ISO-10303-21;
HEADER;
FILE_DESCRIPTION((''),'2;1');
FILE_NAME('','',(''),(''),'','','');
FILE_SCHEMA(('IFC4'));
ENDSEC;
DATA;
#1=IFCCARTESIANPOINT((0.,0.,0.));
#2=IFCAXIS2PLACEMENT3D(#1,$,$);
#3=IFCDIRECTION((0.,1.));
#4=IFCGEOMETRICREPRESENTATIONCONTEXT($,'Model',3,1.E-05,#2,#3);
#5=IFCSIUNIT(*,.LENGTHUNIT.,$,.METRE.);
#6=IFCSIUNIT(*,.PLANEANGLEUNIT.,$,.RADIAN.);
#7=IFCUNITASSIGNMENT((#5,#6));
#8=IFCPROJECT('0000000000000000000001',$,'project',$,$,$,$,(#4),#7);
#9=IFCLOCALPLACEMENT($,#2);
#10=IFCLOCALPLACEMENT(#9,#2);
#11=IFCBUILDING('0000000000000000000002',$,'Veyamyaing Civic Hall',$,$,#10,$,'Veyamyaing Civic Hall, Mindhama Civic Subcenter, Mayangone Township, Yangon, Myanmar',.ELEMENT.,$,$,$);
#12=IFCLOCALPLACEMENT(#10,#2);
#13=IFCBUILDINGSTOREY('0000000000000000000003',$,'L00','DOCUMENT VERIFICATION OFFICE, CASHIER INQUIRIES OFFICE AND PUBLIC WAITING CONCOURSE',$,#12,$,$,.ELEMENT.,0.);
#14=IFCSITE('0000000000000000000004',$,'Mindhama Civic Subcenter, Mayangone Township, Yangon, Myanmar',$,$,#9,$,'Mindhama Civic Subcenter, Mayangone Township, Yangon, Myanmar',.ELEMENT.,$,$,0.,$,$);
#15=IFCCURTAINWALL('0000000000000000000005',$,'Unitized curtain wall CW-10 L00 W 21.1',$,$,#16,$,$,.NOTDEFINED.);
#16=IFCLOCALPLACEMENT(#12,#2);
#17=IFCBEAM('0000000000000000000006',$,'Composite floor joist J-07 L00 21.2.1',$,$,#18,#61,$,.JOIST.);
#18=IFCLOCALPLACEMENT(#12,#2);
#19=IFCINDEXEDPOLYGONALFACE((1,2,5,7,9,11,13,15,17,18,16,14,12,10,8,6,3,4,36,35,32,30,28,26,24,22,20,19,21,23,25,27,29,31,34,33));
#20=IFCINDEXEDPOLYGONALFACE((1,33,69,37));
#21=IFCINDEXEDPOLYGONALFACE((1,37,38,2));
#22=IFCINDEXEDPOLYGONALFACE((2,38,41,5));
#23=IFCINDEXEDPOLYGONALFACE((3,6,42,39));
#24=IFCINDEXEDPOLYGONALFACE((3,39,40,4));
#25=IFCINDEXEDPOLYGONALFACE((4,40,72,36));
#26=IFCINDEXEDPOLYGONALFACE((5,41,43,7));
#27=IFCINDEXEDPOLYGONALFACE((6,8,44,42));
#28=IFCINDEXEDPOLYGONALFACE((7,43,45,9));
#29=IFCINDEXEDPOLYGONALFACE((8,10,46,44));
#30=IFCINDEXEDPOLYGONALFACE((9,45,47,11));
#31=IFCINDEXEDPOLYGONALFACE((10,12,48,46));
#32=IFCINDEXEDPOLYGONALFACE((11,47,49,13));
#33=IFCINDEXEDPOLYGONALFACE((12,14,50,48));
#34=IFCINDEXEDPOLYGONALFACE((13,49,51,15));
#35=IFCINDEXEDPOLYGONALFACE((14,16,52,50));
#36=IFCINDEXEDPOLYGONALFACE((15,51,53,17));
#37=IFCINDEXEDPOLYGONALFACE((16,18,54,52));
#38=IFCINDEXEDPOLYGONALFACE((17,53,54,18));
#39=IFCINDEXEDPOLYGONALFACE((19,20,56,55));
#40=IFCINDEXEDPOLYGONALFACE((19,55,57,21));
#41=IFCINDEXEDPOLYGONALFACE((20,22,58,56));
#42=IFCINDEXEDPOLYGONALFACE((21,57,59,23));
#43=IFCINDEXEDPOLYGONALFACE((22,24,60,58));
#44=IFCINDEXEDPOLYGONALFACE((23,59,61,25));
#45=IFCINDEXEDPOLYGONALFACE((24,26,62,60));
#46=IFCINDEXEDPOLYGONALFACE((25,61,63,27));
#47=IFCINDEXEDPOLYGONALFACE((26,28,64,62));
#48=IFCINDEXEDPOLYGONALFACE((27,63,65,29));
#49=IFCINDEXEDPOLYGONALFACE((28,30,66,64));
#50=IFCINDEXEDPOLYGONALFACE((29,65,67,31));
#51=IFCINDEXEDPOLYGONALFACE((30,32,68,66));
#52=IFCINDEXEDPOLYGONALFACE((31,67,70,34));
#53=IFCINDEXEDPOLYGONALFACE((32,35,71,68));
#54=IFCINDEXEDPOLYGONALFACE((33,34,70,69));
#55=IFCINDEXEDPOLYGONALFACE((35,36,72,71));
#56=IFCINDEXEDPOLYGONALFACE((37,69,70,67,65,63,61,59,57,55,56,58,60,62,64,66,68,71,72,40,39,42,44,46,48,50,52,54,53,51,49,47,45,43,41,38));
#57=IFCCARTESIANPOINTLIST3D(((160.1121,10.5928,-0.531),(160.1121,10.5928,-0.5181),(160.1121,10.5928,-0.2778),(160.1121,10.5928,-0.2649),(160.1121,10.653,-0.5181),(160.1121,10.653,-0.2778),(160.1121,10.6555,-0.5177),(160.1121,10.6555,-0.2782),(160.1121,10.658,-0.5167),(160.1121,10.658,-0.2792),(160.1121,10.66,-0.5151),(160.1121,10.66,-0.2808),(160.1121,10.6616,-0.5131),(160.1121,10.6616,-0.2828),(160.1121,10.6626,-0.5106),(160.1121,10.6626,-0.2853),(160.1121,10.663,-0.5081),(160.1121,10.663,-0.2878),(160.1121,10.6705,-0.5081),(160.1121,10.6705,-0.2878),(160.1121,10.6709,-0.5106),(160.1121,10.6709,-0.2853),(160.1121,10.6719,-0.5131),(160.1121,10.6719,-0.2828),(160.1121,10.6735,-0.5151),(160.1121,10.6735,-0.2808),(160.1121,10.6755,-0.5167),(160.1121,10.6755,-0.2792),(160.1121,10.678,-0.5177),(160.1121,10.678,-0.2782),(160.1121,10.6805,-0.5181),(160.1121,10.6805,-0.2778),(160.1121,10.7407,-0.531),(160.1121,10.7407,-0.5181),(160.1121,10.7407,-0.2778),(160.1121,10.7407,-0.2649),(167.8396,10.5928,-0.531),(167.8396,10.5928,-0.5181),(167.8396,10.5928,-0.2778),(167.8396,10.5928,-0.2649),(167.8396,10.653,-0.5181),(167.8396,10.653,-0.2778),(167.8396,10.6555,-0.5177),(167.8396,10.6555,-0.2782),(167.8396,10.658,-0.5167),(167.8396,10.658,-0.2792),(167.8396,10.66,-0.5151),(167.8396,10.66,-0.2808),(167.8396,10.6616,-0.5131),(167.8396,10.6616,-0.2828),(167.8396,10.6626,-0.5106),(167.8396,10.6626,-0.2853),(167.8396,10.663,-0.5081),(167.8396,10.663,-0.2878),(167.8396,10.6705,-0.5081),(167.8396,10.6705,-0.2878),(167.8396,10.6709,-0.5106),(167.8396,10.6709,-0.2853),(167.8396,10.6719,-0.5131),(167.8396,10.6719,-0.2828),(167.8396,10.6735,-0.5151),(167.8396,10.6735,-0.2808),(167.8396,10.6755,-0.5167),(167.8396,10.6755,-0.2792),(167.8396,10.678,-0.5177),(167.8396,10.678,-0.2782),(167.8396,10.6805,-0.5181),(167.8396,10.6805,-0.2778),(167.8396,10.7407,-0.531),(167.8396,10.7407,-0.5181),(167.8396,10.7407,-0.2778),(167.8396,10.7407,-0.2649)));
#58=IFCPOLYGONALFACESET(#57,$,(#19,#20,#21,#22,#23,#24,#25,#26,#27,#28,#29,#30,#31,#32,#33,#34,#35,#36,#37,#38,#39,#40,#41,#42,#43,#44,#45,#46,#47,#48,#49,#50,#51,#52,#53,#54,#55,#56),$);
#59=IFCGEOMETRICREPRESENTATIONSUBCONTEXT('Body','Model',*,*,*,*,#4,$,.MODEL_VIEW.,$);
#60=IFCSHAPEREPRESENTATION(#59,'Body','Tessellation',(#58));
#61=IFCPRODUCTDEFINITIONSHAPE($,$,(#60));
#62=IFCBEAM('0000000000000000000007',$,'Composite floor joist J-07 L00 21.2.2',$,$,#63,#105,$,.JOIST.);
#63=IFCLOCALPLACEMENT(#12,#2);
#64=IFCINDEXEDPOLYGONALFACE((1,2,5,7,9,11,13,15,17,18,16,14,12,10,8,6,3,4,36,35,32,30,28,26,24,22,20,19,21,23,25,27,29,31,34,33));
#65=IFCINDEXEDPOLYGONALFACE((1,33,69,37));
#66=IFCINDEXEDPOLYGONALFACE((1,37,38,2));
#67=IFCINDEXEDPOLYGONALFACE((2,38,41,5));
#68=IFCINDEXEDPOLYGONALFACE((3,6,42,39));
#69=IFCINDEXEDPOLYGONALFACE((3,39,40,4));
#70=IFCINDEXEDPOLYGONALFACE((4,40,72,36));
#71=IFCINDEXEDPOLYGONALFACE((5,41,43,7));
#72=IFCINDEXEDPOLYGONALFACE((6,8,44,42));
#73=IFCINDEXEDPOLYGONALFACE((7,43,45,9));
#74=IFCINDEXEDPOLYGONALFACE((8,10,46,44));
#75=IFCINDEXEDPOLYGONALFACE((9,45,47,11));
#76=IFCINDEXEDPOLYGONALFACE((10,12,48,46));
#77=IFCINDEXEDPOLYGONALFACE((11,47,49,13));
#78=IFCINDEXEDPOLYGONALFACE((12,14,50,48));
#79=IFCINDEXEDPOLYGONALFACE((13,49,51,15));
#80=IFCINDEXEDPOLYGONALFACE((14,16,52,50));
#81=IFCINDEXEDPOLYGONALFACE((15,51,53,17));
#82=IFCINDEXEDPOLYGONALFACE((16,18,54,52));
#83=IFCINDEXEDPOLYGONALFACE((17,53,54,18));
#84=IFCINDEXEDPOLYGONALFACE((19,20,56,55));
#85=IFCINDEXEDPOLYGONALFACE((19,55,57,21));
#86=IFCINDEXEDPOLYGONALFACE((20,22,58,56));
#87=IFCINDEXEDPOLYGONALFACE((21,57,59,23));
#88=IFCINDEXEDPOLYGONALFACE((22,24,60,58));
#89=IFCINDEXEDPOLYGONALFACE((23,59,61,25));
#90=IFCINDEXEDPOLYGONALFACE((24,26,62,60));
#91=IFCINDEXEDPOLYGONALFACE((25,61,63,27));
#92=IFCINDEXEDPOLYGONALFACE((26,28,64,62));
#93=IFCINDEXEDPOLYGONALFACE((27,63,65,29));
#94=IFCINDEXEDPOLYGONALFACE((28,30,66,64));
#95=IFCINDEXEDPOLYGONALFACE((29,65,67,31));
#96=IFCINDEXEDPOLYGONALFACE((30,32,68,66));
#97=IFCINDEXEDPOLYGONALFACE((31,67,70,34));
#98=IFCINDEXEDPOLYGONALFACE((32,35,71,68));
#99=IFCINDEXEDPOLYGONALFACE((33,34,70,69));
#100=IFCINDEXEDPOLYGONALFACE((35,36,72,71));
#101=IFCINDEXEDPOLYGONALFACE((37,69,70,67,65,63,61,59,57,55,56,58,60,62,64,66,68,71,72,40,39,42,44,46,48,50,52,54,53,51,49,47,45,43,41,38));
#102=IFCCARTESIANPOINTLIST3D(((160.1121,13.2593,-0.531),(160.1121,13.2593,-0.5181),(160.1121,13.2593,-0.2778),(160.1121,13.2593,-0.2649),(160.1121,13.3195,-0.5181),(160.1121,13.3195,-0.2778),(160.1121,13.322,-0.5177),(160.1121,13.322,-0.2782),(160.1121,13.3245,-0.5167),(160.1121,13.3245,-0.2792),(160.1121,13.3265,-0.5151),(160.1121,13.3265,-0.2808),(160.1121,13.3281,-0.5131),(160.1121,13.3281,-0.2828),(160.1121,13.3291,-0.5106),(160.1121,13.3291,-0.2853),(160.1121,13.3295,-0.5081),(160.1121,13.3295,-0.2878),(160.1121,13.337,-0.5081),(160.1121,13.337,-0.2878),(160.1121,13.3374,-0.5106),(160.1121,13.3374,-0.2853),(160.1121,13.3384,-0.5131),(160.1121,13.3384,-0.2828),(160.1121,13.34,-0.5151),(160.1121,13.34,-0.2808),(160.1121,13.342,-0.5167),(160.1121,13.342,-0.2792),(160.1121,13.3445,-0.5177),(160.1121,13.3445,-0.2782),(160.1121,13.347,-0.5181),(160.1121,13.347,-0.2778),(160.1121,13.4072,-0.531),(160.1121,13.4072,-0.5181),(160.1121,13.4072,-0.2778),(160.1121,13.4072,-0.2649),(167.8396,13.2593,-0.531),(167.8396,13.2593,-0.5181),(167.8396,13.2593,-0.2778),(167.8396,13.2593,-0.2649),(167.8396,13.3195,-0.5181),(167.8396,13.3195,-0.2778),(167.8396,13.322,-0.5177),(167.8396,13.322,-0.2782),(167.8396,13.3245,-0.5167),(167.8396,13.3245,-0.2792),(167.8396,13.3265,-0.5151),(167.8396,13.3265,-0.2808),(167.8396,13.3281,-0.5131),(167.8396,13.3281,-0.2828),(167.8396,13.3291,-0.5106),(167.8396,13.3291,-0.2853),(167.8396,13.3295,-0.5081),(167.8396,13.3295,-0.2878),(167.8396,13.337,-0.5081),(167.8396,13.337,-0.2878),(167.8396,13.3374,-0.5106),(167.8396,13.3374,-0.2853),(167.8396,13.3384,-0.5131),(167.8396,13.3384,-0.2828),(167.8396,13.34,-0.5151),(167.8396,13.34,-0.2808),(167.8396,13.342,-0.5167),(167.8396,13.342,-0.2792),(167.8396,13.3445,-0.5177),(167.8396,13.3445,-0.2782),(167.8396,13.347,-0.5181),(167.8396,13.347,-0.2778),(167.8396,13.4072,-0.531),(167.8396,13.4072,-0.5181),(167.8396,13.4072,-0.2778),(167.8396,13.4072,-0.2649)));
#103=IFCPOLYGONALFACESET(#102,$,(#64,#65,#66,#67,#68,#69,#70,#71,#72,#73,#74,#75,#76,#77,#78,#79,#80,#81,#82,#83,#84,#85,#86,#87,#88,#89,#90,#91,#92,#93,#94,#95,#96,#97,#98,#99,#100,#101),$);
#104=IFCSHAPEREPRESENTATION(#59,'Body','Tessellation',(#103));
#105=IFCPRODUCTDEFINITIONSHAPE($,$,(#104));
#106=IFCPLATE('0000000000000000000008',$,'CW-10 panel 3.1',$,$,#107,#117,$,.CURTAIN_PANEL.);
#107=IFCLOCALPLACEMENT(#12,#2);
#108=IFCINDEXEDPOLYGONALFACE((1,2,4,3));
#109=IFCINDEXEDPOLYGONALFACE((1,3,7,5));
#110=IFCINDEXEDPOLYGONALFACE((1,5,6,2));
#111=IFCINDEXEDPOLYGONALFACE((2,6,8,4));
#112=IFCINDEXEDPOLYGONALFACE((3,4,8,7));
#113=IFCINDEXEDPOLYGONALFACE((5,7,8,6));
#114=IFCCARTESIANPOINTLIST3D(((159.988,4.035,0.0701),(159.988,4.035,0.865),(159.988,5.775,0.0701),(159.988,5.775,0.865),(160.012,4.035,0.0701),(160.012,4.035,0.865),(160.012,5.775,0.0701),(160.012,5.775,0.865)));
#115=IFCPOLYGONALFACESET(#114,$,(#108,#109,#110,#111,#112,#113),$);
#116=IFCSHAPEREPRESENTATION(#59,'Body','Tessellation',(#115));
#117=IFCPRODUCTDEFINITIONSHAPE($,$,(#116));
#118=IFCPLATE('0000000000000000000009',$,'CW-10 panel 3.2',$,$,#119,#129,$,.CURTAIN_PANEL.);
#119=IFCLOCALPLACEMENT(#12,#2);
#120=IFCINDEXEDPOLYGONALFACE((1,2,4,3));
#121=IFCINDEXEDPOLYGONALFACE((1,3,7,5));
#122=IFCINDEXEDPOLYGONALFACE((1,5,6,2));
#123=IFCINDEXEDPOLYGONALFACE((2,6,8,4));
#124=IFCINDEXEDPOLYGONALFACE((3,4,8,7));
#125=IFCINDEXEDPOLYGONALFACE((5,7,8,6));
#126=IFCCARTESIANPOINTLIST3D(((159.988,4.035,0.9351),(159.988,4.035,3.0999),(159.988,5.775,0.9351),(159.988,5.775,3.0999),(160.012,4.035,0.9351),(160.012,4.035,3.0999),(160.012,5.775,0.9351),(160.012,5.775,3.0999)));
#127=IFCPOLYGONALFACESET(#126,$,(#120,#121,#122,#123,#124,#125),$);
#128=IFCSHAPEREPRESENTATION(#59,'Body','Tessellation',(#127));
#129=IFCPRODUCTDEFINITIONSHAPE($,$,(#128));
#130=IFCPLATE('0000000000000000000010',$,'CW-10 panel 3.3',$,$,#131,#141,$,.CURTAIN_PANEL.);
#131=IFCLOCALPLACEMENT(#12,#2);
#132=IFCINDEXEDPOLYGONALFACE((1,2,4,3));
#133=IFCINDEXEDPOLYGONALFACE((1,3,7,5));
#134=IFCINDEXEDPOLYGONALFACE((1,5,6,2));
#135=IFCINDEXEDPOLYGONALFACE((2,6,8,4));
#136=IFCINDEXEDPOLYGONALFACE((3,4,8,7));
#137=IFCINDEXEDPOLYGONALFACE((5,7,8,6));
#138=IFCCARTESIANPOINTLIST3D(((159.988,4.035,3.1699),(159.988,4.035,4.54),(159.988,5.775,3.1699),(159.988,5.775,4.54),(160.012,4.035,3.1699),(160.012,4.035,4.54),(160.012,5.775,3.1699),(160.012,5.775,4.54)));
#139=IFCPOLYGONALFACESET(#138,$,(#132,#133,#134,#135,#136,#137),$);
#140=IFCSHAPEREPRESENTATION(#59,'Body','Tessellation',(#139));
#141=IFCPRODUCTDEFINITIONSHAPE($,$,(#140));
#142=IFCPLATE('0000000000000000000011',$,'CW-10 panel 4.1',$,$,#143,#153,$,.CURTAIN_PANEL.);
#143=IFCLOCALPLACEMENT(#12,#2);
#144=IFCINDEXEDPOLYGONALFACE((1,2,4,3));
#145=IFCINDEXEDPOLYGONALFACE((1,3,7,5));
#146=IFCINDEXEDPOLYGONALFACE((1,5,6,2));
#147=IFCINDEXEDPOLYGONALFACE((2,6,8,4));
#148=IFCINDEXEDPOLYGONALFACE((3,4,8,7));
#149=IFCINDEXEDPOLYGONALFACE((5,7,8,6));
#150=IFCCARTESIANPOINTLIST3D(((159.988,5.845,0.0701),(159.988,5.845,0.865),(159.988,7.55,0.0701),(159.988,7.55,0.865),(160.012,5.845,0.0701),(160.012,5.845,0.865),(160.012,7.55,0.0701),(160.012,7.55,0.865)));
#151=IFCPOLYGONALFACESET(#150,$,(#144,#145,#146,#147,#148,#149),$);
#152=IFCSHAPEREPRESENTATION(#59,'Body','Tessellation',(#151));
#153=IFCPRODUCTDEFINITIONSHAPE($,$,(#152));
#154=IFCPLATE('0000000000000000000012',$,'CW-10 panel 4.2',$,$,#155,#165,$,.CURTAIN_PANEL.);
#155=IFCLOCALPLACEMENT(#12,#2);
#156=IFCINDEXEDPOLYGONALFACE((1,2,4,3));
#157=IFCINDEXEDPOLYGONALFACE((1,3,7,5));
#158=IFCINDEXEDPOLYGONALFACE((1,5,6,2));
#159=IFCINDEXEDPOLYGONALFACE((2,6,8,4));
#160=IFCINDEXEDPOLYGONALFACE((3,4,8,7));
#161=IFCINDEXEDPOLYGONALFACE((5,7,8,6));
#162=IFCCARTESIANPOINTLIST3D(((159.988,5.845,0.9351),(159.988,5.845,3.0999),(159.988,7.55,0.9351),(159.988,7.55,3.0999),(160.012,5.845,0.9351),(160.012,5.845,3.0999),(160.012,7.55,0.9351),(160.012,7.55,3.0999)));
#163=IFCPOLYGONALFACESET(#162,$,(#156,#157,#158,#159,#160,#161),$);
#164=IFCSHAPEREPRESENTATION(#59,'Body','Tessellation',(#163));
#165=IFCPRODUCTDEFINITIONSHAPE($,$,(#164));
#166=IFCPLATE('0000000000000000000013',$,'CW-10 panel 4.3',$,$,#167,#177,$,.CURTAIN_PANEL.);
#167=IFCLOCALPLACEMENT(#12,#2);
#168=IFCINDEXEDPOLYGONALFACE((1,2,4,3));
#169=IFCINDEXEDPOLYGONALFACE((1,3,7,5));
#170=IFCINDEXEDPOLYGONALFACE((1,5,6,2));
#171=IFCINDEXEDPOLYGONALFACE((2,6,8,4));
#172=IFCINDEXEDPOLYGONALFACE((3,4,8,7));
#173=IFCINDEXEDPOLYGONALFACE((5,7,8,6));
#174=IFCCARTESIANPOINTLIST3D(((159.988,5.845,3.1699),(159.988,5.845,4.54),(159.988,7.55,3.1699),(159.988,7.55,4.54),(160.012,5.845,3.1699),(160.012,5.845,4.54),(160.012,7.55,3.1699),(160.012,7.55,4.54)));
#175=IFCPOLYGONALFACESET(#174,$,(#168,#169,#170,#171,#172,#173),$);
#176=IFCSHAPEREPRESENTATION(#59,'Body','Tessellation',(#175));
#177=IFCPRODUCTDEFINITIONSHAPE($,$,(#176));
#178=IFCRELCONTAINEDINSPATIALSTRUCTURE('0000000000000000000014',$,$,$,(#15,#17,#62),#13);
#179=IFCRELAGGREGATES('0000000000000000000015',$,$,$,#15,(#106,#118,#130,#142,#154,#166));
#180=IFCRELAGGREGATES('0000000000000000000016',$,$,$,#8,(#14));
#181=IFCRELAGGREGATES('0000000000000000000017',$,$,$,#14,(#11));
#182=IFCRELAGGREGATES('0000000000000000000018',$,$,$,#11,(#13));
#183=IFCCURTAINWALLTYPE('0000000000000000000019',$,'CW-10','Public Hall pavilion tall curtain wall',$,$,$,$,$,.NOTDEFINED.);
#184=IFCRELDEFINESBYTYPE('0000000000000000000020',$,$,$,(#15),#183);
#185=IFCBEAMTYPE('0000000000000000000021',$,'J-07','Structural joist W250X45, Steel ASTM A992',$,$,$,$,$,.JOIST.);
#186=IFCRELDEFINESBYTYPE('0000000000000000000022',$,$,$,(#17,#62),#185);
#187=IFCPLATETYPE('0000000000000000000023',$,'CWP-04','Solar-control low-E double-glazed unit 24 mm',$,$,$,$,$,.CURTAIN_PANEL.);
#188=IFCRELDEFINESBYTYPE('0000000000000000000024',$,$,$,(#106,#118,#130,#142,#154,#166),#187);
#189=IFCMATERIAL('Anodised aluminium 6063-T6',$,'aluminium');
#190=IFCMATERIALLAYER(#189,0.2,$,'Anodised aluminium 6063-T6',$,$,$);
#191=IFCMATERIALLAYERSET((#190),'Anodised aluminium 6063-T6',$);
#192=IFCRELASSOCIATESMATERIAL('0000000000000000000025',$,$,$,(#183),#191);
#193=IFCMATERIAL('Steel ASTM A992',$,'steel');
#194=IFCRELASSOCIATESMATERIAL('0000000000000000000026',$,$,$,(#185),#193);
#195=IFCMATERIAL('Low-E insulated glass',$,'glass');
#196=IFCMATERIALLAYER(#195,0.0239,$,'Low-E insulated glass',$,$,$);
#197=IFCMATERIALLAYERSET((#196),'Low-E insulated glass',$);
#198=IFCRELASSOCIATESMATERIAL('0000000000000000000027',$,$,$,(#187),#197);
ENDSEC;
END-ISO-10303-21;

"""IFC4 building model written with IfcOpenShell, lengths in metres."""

from ifc_helpers import new_model, si_unit, direction, frame, origin, origin_2d, place, context, subcontext, project, spatial, rectangle, i_section, extrude, material, layer, layer_set, material_profile, profile_set, type_object, element, aggregate, save


model = new_model("IFC4")

# Units and contexts
model_context = context("Model", 3, precision=1e-05, world=origin(), true_north=direction((0.0, 1.0)))
body_context = subcontext(model_context, "Body", "Model", "MODEL_VIEW")
ifc_project = project(units=[si_unit("LENGTHUNIT", "METRE"), si_unit("PLANEANGLEUNIT", "RADIAN")], contexts=[model_context])

# Site, building, storey
site_placement = place(None, origin())
site = spatial("IfcSite", under=ifc_project, at=site_placement, Name="Mindhama Civic Subcenter, Mayangone Township, Yangon, Myanmar", LongName="Mindhama Civic Subcenter, Mayangone Township, Yangon, Myanmar", CompositionType="ELEMENT", RefElevation=0.0)
building_placement = place(site_placement, origin())
building = spatial("IfcBuilding", under=site, at=building_placement, Name="Veyamyaing Civic Hall", LongName="Veyamyaing Civic Hall, Mindhama Civic Subcenter, Mayangone Township, Yangon, Myanmar", CompositionType="ELEMENT")
storey_placement = place(building_placement, origin())
storey = spatial("IfcBuildingStorey", under=building, at=storey_placement, Name="L00", Description="DOCUMENT VERIFICATION OFFICE, CASHIER INQUIRIES OFFICE AND PUBLIC WAITING CONCOURSE", CompositionType="ELEMENT", Elevation=0.0)

# Shared definitions
ifc_material_1 = material(Name="Steel ASTM A992", Category="steel")

# Curtain wall
ifc_material_2 = material(Name="Anodised aluminium 6063-T6", Category="aluminium")
ifc_layer_1 = layer(ifc_material_2, 0.2, Name="Anodised aluminium 6063-T6")
ifc_layer_set_1 = layer_set([ifc_layer_1], Name="Anodised aluminium 6063-T6")
curtain_wall_type = type_object("IfcCurtainWallType", Name="CW-10", Description="Public Hall pavilion tall curtain wall", PredefinedType="NOTDEFINED", material=ifc_layer_set_1)
curtain_wall_placement = place(storey_placement, origin())
curtain_wall = element("IfcCurtainWall", 1, at=curtain_wall_placement, inside=storey, type_object=curtain_wall_type, Name="Unitized curtain wall CW-10 L00 W 21.1", PredefinedType="NOTDEFINED")

# Beams
ifc_material_profile_1 = material_profile(ifc_material_1, i_section(OverallWidth=0.1479, OverallDepth=0.2661, WebThickness=0.0076, FlangeThickness=0.0129, FilletRadius=0.01, at=origin_2d()), Name="W250X45")
ifc_profile_set_1 = profile_set([ifc_material_profile_1], Name="Steel ASTM A992")
beam_type_1 = type_object("IfcBeamType", Name="J-07", Description="Structural joist W250X45, Steel ASTM A992", PredefinedType="JOIST", material=ifc_profile_set_1)
for number, where, z_axis, x_axis, name in (
    (2, (160.1121, 10.6667, -0.3979), (1.0, 0.0, 0.0), (0.0, 1.0, 0.0), "Composite floor joist J-07 L00 21.2.1"),
    (3, (160.1121, 13.3333, -0.3979), (1.0, 0.0, 0.0), (0.0, 1.0, 0.0), "Composite floor joist J-07 L00 21.2.2"),
):
    element("IfcBeam", number, at=place(storey_placement, frame(where, z_axis=z_axis, x_axis=x_axis)), inside=storey, type_object=beam_type_1, Name=name, PredefinedType="JOIST", context=body_context, shape_type="SweptSolid", body=[
        extrude(i_section(OverallWidth=0.1479, OverallDepth=0.2661, WebThickness=0.0076, FlangeThickness=0.0129, FilletRadius=0.01, at=origin_2d()), origin(), (0.0, 0.0, 1.0), 7.7275),
    ])

# Plates
ifc_material_3 = material(Name="Low-E insulated glass", Category="glass")
ifc_layer_2 = layer(ifc_material_3, 0.0239, Name="Low-E insulated glass")
ifc_layer_set_2 = layer_set([ifc_layer_2], Name="Low-E insulated glass")
plate_type = type_object("IfcPlateType", Name="CWP-04", Description="Solar-control low-E double-glazed unit 24 mm", PredefinedType="CURTAIN_PANEL", material=ifc_layer_set_2)
plate_1_placement = place(storey_placement, frame((160.0, 4.905, 0.0701), z_axis=(0.0, 0.0, 1.0), x_axis=(0.0, 1.0, 0.0)))
plate_1 = element("IfcPlate", 4, at=plate_1_placement, type_object=plate_type, Name="CW-10 panel 3.1", PredefinedType="CURTAIN_PANEL", context=body_context, shape_type="SweptSolid", body=[
    extrude(rectangle(XDim=1.74, YDim=0.0239, at=origin_2d()), origin(), (0.0, 0.0, 1.0), 0.7949),
])
plate_2_placement = place(storey_placement, frame((160.0, 4.905, 0.9351), z_axis=(0.0, 0.0, 1.0), x_axis=(0.0, 1.0, 0.0)))
plate_2 = element("IfcPlate", 5, at=plate_2_placement, type_object=plate_type, Name="CW-10 panel 3.2", PredefinedType="CURTAIN_PANEL", context=body_context, shape_type="SweptSolid", body=[
    extrude(rectangle(XDim=1.74, YDim=0.0239, at=origin_2d()), origin(), (0.0, 0.0, 1.0), 2.1648),
])
plate_3_placement = place(storey_placement, frame((160.0, 4.905, 3.1699), z_axis=(0.0, 0.0, 1.0), x_axis=(0.0, 1.0, 0.0)))
plate_3 = element("IfcPlate", 6, at=plate_3_placement, type_object=plate_type, Name="CW-10 panel 3.3", PredefinedType="CURTAIN_PANEL", context=body_context, shape_type="SweptSolid", body=[
    extrude(rectangle(XDim=1.74, YDim=0.0239, at=origin_2d()), origin(), (0.0, 0.0, 1.0), 1.3701),
])
plate_4_placement = place(storey_placement, frame((160.0, 6.6975, 0.0701), z_axis=(0.0, 0.0, 1.0), x_axis=(0.0, 1.0, 0.0)))
plate_4 = element("IfcPlate", 7, at=plate_4_placement, type_object=plate_type, Name="CW-10 panel 4.1", PredefinedType="CURTAIN_PANEL", context=body_context, shape_type="SweptSolid", body=[
    extrude(rectangle(XDim=1.7051, YDim=0.0239, at=origin_2d()), origin(), (0.0, 0.0, 1.0), 0.7949),
])
plate_5_placement = place(storey_placement, frame((160.0, 6.6975, 0.9351), z_axis=(0.0, 0.0, 1.0), x_axis=(0.0, 1.0, 0.0)))
plate_5 = element("IfcPlate", 8, at=plate_5_placement, type_object=plate_type, Name="CW-10 panel 4.2", PredefinedType="CURTAIN_PANEL", context=body_context, shape_type="SweptSolid", body=[
    extrude(rectangle(XDim=1.7051, YDim=0.0239, at=origin_2d()), origin(), (0.0, 0.0, 1.0), 2.1648),
])
plate_6_placement = place(storey_placement, frame((160.0, 6.6975, 3.1699), z_axis=(0.0, 0.0, 1.0), x_axis=(0.0, 1.0, 0.0)))
plate_6 = element("IfcPlate", 9, at=plate_6_placement, type_object=plate_type, Name="CW-10 panel 4.3", PredefinedType="CURTAIN_PANEL", context=body_context, shape_type="SweptSolid", body=[
    extrude(rectangle(XDim=1.7051, YDim=0.0239, at=origin_2d()), origin(), (0.0, 0.0, 1.0), 1.3701),
])
aggregate(curtain_wall, [plate_1, plate_2, plate_3, plate_4, plate_5, plate_6])

save(model, "model.ifc")
